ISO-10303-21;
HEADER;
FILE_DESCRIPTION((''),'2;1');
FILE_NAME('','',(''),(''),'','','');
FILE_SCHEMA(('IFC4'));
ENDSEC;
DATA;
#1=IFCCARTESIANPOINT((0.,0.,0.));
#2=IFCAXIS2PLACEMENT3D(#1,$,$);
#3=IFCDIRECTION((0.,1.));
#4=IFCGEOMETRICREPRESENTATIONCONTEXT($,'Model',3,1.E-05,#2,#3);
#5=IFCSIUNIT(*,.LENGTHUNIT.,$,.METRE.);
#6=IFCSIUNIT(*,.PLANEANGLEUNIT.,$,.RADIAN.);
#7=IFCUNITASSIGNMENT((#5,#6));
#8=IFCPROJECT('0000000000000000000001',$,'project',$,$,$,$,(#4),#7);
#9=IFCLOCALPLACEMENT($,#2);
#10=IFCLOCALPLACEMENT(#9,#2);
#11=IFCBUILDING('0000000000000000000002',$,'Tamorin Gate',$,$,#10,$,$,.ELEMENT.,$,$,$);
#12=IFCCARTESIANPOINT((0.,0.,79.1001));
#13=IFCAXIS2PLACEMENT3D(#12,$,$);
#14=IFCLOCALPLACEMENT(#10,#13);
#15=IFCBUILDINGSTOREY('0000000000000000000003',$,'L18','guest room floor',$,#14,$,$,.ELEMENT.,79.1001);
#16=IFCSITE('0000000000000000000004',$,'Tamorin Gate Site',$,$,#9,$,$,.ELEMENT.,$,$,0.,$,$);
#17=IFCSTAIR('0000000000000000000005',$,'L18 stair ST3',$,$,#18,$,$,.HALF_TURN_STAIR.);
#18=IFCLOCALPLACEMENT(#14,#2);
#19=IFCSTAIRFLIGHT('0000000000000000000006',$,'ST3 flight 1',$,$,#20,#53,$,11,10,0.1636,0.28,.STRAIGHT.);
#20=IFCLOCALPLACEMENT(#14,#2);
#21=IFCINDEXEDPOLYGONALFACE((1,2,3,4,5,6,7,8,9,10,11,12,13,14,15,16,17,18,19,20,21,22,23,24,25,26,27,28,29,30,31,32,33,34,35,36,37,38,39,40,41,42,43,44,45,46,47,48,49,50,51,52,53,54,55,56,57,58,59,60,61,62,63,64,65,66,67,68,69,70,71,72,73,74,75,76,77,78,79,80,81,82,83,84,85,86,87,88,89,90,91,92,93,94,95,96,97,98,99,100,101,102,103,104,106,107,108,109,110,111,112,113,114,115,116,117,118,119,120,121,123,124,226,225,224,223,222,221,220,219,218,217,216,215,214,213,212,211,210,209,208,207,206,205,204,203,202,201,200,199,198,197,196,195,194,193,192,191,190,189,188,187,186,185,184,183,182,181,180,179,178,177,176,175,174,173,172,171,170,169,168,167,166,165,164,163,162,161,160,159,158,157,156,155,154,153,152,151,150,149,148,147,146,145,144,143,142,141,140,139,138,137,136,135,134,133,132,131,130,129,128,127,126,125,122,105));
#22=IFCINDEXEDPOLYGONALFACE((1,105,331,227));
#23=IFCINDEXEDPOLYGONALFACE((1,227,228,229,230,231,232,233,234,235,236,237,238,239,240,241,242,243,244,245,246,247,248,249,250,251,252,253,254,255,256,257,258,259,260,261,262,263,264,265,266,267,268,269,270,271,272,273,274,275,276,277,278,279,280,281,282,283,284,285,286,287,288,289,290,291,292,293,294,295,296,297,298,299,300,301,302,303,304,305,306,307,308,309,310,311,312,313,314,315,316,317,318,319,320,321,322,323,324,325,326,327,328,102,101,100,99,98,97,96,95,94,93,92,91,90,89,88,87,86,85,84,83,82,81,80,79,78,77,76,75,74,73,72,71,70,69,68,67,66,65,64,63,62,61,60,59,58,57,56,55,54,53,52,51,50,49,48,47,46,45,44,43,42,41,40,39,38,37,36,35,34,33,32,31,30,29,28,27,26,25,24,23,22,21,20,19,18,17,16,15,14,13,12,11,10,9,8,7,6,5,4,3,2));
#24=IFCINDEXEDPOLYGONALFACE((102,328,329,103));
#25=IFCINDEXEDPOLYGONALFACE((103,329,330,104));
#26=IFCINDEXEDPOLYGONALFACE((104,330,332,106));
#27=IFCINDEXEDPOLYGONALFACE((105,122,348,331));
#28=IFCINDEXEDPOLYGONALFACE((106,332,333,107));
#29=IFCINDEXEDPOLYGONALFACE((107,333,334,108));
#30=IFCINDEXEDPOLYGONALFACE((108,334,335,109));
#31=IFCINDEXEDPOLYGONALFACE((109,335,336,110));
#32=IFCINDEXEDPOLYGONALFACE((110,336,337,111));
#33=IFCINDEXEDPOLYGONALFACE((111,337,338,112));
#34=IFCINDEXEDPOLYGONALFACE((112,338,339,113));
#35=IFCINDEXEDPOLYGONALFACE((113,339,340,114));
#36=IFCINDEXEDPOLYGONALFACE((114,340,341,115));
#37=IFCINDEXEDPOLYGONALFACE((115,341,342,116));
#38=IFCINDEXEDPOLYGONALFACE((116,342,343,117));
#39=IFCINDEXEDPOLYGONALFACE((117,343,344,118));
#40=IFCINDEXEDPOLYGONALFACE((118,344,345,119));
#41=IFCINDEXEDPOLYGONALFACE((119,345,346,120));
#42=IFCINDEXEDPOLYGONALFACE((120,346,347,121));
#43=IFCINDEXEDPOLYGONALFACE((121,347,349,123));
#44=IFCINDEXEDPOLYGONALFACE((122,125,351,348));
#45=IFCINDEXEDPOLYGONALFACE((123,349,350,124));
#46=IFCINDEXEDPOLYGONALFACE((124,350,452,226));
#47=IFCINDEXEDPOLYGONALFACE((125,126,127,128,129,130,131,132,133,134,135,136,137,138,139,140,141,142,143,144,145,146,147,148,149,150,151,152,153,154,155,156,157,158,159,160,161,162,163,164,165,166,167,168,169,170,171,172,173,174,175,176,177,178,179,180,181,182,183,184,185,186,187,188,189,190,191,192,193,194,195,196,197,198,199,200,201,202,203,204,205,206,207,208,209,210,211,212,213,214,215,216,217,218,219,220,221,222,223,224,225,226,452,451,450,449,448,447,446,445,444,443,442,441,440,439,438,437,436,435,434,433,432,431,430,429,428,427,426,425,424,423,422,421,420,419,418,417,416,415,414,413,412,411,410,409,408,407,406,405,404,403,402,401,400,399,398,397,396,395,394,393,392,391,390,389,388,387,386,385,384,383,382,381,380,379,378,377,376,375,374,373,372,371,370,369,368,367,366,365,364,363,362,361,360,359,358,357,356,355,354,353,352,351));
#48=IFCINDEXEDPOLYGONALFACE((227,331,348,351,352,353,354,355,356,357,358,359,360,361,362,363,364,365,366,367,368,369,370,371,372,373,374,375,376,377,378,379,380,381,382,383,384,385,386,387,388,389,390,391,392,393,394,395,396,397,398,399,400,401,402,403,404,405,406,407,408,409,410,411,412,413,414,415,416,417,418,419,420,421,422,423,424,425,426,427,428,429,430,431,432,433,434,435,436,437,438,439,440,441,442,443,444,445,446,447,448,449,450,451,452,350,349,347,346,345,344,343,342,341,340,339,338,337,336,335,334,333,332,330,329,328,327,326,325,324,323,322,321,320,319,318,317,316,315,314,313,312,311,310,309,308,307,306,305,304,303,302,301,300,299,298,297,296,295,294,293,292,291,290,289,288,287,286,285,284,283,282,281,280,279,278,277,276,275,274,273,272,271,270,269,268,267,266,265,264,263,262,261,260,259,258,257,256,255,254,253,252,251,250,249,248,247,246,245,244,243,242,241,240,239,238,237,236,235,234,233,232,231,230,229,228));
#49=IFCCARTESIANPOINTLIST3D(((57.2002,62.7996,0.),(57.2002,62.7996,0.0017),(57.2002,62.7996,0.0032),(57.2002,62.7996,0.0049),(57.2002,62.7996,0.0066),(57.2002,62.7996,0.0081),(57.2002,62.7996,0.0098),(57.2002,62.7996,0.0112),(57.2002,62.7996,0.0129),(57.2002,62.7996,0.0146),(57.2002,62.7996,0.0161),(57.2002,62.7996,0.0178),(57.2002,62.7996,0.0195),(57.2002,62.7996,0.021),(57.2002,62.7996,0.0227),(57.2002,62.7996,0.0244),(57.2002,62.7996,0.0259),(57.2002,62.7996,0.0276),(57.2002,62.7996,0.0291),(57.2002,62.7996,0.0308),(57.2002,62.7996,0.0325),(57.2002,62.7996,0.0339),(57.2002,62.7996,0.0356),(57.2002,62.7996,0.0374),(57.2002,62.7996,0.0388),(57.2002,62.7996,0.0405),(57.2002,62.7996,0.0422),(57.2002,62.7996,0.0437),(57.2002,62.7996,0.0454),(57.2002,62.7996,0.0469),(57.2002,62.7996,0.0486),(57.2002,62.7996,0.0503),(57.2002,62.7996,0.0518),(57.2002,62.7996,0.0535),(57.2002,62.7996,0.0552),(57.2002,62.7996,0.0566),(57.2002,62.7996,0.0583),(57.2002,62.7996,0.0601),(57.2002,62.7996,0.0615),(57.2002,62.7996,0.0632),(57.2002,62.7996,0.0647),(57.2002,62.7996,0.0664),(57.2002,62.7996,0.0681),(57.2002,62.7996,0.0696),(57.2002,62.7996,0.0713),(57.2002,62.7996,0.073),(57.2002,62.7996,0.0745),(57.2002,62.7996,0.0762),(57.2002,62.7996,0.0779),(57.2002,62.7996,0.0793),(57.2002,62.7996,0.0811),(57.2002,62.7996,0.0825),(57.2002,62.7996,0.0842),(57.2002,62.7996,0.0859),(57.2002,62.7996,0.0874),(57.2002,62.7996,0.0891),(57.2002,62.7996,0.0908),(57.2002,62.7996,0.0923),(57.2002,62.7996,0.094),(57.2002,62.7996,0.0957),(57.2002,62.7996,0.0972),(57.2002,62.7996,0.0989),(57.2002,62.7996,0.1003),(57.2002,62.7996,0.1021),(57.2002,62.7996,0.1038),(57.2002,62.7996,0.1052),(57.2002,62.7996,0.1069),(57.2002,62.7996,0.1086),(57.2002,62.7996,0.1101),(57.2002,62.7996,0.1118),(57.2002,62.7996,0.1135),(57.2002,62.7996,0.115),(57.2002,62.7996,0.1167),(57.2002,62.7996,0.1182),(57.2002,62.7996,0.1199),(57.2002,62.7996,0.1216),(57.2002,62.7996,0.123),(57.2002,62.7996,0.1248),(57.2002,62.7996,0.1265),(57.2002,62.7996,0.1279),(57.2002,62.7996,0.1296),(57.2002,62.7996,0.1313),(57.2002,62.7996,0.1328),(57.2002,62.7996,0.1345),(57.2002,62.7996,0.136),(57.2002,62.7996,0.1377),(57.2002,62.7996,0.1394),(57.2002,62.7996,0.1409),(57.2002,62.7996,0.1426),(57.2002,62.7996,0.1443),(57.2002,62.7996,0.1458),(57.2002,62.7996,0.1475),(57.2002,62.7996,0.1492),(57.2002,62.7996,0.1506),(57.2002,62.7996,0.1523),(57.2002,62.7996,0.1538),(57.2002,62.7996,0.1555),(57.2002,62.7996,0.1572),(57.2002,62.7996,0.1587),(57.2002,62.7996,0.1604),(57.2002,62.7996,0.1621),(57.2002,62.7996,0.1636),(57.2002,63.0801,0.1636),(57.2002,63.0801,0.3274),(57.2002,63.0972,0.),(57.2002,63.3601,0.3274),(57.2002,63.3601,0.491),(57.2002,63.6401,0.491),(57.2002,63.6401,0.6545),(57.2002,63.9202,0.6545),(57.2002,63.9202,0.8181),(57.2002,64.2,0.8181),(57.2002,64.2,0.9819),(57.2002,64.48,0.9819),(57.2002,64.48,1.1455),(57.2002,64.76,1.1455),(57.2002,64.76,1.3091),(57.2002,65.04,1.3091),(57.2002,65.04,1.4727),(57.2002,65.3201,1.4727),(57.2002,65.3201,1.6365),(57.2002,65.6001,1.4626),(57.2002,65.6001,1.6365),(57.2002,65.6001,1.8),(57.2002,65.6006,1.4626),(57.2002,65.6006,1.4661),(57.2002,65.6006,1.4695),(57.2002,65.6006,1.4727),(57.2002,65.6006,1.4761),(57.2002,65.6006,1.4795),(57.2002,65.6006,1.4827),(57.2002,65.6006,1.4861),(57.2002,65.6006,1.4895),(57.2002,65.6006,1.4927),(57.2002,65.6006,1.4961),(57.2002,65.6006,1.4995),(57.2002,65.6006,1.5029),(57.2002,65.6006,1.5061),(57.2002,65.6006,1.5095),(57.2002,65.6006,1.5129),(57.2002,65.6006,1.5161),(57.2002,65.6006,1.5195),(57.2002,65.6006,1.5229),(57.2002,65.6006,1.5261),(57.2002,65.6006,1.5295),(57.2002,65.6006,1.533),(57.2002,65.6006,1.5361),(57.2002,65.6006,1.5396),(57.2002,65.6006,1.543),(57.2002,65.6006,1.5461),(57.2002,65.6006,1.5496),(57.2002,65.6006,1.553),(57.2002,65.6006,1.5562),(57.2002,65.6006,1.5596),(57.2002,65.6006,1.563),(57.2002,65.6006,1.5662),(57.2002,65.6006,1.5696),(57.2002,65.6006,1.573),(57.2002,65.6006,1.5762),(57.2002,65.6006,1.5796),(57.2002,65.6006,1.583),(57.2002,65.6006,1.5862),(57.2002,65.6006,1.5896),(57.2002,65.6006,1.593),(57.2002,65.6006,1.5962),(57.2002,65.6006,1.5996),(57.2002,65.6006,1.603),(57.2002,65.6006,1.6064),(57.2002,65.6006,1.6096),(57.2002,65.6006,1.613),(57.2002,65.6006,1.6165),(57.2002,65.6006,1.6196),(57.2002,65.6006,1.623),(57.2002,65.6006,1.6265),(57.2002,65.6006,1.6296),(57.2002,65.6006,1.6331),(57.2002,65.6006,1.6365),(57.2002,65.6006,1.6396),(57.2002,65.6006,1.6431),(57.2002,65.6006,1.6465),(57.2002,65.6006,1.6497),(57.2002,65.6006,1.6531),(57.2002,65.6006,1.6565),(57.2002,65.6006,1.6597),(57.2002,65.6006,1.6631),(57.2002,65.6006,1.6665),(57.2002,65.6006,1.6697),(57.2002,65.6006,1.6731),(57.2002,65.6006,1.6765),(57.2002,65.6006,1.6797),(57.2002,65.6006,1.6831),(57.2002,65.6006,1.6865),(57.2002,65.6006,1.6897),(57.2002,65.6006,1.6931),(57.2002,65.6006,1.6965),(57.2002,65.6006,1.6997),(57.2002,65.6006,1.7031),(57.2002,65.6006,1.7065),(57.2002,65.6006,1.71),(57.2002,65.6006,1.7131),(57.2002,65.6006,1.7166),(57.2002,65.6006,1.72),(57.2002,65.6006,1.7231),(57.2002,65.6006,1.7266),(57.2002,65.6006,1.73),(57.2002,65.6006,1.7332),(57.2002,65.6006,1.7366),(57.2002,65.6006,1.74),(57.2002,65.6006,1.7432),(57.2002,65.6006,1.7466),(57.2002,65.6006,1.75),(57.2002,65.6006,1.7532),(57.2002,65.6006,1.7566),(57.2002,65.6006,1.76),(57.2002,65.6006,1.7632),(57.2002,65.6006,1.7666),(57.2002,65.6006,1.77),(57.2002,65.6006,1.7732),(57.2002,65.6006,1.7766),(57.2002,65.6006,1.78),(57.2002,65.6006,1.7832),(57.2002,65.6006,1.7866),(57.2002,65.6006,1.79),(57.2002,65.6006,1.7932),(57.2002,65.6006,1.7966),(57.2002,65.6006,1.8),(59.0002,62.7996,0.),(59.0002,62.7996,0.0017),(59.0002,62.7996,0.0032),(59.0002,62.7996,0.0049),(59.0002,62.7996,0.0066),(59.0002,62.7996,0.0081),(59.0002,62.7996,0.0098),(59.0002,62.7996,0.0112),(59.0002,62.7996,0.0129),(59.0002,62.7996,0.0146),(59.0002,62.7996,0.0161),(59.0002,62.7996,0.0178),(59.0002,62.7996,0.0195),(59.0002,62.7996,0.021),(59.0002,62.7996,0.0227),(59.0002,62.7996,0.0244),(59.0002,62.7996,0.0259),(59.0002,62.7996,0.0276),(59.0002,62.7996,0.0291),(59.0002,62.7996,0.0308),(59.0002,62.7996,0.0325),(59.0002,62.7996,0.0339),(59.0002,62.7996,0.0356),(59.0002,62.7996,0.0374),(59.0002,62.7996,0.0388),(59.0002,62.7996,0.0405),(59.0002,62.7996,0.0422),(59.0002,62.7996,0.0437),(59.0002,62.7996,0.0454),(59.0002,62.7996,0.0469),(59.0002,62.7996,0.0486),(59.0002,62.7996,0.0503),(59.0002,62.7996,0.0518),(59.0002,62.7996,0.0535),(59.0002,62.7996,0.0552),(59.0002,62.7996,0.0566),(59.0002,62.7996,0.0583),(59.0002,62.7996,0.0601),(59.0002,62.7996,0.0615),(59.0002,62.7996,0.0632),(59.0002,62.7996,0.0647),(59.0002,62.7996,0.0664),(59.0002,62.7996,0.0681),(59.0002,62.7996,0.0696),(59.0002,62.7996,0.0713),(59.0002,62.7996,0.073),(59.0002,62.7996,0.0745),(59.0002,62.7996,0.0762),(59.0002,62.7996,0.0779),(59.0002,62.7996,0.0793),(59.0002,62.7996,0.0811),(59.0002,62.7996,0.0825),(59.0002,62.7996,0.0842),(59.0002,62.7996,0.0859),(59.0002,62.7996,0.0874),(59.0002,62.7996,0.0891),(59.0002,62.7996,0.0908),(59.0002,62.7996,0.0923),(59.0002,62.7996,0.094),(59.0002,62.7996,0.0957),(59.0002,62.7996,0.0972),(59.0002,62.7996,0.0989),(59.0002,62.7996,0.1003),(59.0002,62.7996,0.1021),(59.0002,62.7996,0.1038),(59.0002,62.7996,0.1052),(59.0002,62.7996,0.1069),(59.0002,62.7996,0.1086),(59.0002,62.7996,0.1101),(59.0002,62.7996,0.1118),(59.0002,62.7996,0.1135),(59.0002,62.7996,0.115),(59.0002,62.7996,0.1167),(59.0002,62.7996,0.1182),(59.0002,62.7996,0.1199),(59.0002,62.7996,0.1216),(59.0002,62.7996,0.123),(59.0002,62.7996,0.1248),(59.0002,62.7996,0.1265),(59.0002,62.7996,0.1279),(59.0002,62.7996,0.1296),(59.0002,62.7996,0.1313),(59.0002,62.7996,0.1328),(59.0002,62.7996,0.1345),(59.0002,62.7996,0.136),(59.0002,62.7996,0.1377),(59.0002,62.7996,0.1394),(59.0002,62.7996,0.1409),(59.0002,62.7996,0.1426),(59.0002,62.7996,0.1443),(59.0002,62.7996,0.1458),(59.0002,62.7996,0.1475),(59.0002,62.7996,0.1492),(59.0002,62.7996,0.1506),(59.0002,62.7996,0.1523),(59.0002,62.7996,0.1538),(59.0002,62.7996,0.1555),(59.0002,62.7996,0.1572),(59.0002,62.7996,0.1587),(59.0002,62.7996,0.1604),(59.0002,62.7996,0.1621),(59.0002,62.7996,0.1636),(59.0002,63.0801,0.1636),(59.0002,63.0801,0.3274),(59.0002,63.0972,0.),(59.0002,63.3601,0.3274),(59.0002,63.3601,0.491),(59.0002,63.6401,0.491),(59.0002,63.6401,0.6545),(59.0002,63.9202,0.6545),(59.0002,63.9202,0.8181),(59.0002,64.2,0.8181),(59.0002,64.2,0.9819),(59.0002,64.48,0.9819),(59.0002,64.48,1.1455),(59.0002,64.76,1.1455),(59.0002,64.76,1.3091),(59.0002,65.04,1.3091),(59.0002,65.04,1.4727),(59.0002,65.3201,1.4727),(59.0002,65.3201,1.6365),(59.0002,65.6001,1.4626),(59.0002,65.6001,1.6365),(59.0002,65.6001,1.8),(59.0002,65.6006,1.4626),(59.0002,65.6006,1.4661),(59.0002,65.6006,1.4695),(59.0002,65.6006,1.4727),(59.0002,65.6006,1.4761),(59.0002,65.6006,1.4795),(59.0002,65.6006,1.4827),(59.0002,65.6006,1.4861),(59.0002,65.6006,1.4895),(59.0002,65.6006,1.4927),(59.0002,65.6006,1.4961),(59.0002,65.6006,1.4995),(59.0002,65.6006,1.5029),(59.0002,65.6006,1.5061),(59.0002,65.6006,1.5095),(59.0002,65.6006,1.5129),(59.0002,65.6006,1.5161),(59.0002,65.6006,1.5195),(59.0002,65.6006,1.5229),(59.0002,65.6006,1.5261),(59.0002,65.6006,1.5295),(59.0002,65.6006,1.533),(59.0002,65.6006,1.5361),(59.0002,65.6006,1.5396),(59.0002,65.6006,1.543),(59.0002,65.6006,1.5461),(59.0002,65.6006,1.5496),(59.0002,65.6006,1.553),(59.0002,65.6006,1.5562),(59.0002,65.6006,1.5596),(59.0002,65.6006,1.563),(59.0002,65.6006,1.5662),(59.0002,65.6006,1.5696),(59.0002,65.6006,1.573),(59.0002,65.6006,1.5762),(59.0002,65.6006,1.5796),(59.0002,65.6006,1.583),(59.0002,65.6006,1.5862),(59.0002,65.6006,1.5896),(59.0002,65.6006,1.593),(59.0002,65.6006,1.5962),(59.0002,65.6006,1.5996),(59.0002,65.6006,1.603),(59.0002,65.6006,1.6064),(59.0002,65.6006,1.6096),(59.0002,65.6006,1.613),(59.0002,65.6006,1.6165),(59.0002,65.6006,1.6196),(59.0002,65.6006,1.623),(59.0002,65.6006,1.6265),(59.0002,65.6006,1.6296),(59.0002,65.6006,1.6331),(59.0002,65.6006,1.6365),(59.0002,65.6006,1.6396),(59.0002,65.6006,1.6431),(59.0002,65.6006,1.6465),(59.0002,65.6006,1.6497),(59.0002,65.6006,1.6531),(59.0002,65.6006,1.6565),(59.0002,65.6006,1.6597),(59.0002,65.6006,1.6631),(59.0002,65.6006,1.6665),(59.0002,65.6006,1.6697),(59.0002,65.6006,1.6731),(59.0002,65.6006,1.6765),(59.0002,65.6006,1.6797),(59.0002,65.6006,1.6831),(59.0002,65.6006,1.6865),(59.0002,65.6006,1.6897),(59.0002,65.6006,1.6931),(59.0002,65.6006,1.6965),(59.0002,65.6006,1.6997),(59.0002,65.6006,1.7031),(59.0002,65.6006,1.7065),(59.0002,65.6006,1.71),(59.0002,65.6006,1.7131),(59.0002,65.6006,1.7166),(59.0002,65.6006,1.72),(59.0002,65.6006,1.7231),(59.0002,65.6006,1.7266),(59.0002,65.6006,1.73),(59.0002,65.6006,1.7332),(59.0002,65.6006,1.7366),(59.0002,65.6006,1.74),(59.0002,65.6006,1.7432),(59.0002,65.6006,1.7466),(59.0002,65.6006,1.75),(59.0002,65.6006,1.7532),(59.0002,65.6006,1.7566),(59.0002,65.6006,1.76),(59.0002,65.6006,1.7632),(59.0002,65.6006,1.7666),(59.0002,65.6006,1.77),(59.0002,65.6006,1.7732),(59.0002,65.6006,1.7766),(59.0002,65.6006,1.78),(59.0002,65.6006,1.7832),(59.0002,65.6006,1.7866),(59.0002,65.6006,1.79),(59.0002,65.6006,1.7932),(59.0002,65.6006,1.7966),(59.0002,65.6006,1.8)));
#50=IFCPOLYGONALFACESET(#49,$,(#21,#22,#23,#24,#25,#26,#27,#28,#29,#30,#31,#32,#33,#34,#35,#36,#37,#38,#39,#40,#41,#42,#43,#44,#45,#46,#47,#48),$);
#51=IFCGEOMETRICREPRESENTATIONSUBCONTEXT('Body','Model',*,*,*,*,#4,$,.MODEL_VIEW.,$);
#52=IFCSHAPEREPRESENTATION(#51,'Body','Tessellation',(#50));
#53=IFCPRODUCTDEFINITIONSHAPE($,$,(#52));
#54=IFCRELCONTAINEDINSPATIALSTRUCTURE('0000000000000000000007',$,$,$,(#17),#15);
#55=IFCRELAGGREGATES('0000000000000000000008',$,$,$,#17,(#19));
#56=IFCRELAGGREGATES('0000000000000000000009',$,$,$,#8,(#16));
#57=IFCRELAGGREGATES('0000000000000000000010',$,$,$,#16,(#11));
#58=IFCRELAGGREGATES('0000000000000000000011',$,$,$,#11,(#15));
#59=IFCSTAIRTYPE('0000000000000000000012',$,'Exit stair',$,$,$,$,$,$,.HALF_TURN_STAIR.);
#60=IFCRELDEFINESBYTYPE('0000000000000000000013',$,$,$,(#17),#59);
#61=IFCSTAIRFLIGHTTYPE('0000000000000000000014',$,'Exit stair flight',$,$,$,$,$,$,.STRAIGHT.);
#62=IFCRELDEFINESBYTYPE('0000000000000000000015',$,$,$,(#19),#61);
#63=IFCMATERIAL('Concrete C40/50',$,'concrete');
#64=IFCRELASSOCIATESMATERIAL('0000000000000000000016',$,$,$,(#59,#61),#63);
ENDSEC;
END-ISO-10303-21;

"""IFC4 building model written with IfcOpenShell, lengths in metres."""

from ifc_helpers import new_model, si_unit, direction, frame, origin, place, context, subcontext, project, spatial, polyline, outline, extrude, material, type_object, element, aggregate, save


model = new_model("IFC4")

# Units and contexts
model_context = context("Model", 3, precision=1e-05, world=origin(), true_north=direction((0.0, 1.0)))
body_context = subcontext(model_context, "Body", "Model", "MODEL_VIEW")
ifc_project = project(units=[si_unit("LENGTHUNIT", "METRE"), si_unit("PLANEANGLEUNIT", "RADIAN")], contexts=[model_context])

# Site, building, storey
site_placement = place(None, origin())
site = spatial("IfcSite", under=ifc_project, at=site_placement, Name="Tamorin Gate Site", CompositionType="ELEMENT", RefElevation=0.0)
building_placement = place(site_placement, origin())
building = spatial("IfcBuilding", under=site, at=building_placement, Name="Tamorin Gate", CompositionType="ELEMENT")
storey_placement = place(building_placement, frame((0.0, 0.0, 79.1001)))
storey = spatial("IfcBuildingStorey", under=building, at=storey_placement, Name="L18", Description="guest room floor", CompositionType="ELEMENT", Elevation=79.1001)

# Shared definitions
ifc_material_1 = material(Name="Concrete C40/50", Category="concrete")

# Stair, stair flight
stair_type = type_object("IfcStairType", Name="Exit stair", PredefinedType="HALF_TURN_STAIR", material=ifc_material_1)
stair_placement = place(storey_placement, origin())
stair = element("IfcStair", 1, at=stair_placement, inside=storey, type_object=stair_type, Name="L18 stair ST3", PredefinedType="HALF_TURN_STAIR")
stair_flight_type = type_object("IfcStairFlightType", Name="Exit stair flight", PredefinedType="STRAIGHT", material=ifc_material_1)
stair_flight_1_placement = place(storey_placement, frame((58.1001, 62.8, 0.0), z_axis=(0.0, 0.0, 1.0), x_axis=(0.0, 1.0, 0.0)))
stair_flight_1 = element("IfcStairFlight", 2, at=stair_flight_1_placement, type_object=stair_flight_type, Name="ST3 flight 1", NumberOfRisers=11, NumberOfTreads=10, PredefinedType="STRAIGHT", RiserHeight=0.1636, TreadLength=0.28, context=body_context, shape_type="SweptSolid", body=[
    extrude(outline(polyline([(-0.0005, 0.0), (-0.0005, 0.0017), (-0.0005, 0.0032), (-0.0005, 0.0049), (-0.0005, 0.0066), (-0.0005, 0.0081), (-0.0005, 0.0098), (-0.0005, 0.0112), (-0.0005, 0.0129), (-0.0005, 0.0146), (-0.0005, 0.0161), (-0.0005, 0.0178), (-0.0005, 0.0195), (-0.0005, 0.021), (-0.0005, 0.0227), (-0.0005, 0.0244), (-0.0005, 0.0259), (-0.0005, 0.0276), (-0.0005, 0.0291), (-0.0005, 0.0308), (-0.0005, 0.0325), (-0.0005, 0.0339), (-0.0005, 0.0356), (-0.0005, 0.0374), (-0.0005, 0.0388), (-0.0005, 0.0405), (-0.0005, 0.0422), (-0.0005, 0.0437), (-0.0005, 0.0454), (-0.0005, 0.0469), (-0.0005, 0.0486), (-0.0005, 0.0503), (-0.0005, 0.0518), (-0.0005, 0.0535), (-0.0005, 0.0552), (-0.0005, 0.0566), (-0.0005, 0.0583), (-0.0005, 0.0601), (-0.0005, 0.0615), (-0.0005, 0.0632), (-0.0005, 0.0647), (-0.0005, 0.0664), (-0.0005, 0.0681), (-0.0005, 0.0696), (-0.0005, 0.0713), (-0.0005, 0.073), (-0.0005, 0.0745), (-0.0005, 0.0762), (-0.0005, 0.0779), (-0.0005, 0.0793), (-0.0005, 0.0811), (-0.0005, 0.0825), (-0.0005, 0.0842), (-0.0005, 0.0859), (-0.0005, 0.0874), (-0.0005, 0.0891), (-0.0005, 0.0908), (-0.0005, 0.0923), (-0.0005, 0.094), (-0.0005, 0.0957), (-0.0005, 0.0972), (-0.0005, 0.0989), (-0.0005, 0.1003), (-0.0005, 0.1021), (-0.0005, 0.1038), (-0.0005, 0.1052), (-0.0005, 0.1069), (-0.0005, 0.1086), (-0.0005, 0.1101), (-0.0005, 0.1118), (-0.0005, 0.1135), (-0.0005, 0.115), (-0.0005, 0.1167), (-0.0005, 0.1182), (-0.0005, 0.1199), (-0.0005, 0.1216), (-0.0005, 0.123), (-0.0005, 0.1248), (-0.0005, 0.1265), (-0.0005, 0.1279), (-0.0005, 0.1296), (-0.0005, 0.1313), (-0.0005, 0.1328), (-0.0005, 0.1345), (-0.0005, 0.136), (-0.0005, 0.1377), (-0.0005, 0.1394), (-0.0005, 0.1409), (-0.0005, 0.1426), (-0.0005, 0.1443), (-0.0005, 0.1458), (-0.0005, 0.1475), (-0.0005, 0.1492), (-0.0005, 0.1506), (-0.0005, 0.1523), (-0.0005, 0.1538), (-0.0005, 0.1555), (-0.0005, 0.1572), (-0.0005, 0.1587), (-0.0005, 0.1604), (-0.0005, 0.1621), (-0.0005, 0.1636), (0.28, 0.1636), (0.28, 0.3274), (0.5601, 0.3274), (0.5601, 0.491), (0.8401, 0.491), (0.8401, 0.6545), (1.1201, 0.6545), (1.1201, 0.8181), (1.3999, 0.8181), (1.3999, 0.9819), (1.6799, 0.9819), (1.6799, 1.1455), (1.96, 1.1455), (1.96, 1.3091), (2.24, 1.3091), (2.24, 1.4727), (2.52, 1.4727), (2.52, 1.6365), (2.8, 1.6365), (2.8, 1.8), (2.8005, 1.8), (2.8005, 1.7966), (2.8005, 1.7932), (2.8005, 1.79), (2.8005, 1.7866), (2.8005, 1.7832), (2.8005, 1.78), (2.8005, 1.7766), (2.8005, 1.7732), (2.8005, 1.77), (2.8005, 1.7666), (2.8005, 1.7632), (2.8005, 1.76), (2.8005, 1.7566), (2.8005, 1.7532), (2.8005, 1.75), (2.8005, 1.7466), (2.8005, 1.7432), (2.8005, 1.74), (2.8005, 1.7366), (2.8005, 1.7332), (2.8005, 1.73), (2.8005, 1.7266), (2.8005, 1.7231), (2.8005, 1.72), (2.8005, 1.7166), (2.8005, 1.7131), (2.8005, 1.71), (2.8005, 1.7065), (2.8005, 1.7031), (2.8005, 1.6997), (2.8005, 1.6965), (2.8005, 1.6931), (2.8005, 1.6897), (2.8005, 1.6865), (2.8005, 1.6831), (2.8005, 1.6797), (2.8005, 1.6765), (2.8005, 1.6731), (2.8005, 1.6697), (2.8005, 1.6665), (2.8005, 1.6631), (2.8005, 1.6597), (2.8005, 1.6565), (2.8005, 1.6531), (2.8005, 1.6497), (2.8005, 1.6465), (2.8005, 1.6431), (2.8005, 1.6396), (2.8005, 1.6365), (2.8005, 1.6331), (2.8005, 1.6296), (2.8005, 1.6265), (2.8005, 1.623), (2.8005, 1.6196), (2.8005, 1.6165), (2.8005, 1.613), (2.8005, 1.6096), (2.8005, 1.6064), (2.8005, 1.603), (2.8005, 1.5996), (2.8005, 1.5962), (2.8005, 1.593), (2.8005, 1.5896), (2.8005, 1.5862), (2.8005, 1.583), (2.8005, 1.5796), (2.8005, 1.5762), (2.8005, 1.573), (2.8005, 1.5696), (2.8005, 1.5662), (2.8005, 1.563), (2.8005, 1.5596), (2.8005, 1.5562), (2.8005, 1.553), (2.8005, 1.5496), (2.8005, 1.5461), (2.8005, 1.543), (2.8005, 1.5396), (2.8005, 1.5361), (2.8005, 1.533), (2.8005, 1.5295), (2.8005, 1.5261), (2.8005, 1.5229), (2.8005, 1.5195), (2.8005, 1.5161), (2.8005, 1.5129), (2.8005, 1.5095), (2.8005, 1.5061), (2.8005, 1.5029), (2.8005, 1.4995), (2.8005, 1.4961), (2.8005, 1.4927), (2.8005, 1.4895), (2.8005, 1.4861), (2.8005, 1.4827), (2.8005, 1.4795), (2.8005, 1.4761), (2.8005, 1.4727), (2.8005, 1.4695), (2.8005, 1.4661), (2.8005, 1.4626), (2.8, 1.4626), (0.2971, 0.0), (-0.0005, 0.0)])), frame((0.0, 0.8999, 0.0), z_axis=(0.0, -1.0, 0.0), x_axis=(1.0, 0.0, 0.0)), (0.0, 0.0, 1.0), 1.8),
])
aggregate(stair, [stair_flight_1])

save(model, "model.ifc")
